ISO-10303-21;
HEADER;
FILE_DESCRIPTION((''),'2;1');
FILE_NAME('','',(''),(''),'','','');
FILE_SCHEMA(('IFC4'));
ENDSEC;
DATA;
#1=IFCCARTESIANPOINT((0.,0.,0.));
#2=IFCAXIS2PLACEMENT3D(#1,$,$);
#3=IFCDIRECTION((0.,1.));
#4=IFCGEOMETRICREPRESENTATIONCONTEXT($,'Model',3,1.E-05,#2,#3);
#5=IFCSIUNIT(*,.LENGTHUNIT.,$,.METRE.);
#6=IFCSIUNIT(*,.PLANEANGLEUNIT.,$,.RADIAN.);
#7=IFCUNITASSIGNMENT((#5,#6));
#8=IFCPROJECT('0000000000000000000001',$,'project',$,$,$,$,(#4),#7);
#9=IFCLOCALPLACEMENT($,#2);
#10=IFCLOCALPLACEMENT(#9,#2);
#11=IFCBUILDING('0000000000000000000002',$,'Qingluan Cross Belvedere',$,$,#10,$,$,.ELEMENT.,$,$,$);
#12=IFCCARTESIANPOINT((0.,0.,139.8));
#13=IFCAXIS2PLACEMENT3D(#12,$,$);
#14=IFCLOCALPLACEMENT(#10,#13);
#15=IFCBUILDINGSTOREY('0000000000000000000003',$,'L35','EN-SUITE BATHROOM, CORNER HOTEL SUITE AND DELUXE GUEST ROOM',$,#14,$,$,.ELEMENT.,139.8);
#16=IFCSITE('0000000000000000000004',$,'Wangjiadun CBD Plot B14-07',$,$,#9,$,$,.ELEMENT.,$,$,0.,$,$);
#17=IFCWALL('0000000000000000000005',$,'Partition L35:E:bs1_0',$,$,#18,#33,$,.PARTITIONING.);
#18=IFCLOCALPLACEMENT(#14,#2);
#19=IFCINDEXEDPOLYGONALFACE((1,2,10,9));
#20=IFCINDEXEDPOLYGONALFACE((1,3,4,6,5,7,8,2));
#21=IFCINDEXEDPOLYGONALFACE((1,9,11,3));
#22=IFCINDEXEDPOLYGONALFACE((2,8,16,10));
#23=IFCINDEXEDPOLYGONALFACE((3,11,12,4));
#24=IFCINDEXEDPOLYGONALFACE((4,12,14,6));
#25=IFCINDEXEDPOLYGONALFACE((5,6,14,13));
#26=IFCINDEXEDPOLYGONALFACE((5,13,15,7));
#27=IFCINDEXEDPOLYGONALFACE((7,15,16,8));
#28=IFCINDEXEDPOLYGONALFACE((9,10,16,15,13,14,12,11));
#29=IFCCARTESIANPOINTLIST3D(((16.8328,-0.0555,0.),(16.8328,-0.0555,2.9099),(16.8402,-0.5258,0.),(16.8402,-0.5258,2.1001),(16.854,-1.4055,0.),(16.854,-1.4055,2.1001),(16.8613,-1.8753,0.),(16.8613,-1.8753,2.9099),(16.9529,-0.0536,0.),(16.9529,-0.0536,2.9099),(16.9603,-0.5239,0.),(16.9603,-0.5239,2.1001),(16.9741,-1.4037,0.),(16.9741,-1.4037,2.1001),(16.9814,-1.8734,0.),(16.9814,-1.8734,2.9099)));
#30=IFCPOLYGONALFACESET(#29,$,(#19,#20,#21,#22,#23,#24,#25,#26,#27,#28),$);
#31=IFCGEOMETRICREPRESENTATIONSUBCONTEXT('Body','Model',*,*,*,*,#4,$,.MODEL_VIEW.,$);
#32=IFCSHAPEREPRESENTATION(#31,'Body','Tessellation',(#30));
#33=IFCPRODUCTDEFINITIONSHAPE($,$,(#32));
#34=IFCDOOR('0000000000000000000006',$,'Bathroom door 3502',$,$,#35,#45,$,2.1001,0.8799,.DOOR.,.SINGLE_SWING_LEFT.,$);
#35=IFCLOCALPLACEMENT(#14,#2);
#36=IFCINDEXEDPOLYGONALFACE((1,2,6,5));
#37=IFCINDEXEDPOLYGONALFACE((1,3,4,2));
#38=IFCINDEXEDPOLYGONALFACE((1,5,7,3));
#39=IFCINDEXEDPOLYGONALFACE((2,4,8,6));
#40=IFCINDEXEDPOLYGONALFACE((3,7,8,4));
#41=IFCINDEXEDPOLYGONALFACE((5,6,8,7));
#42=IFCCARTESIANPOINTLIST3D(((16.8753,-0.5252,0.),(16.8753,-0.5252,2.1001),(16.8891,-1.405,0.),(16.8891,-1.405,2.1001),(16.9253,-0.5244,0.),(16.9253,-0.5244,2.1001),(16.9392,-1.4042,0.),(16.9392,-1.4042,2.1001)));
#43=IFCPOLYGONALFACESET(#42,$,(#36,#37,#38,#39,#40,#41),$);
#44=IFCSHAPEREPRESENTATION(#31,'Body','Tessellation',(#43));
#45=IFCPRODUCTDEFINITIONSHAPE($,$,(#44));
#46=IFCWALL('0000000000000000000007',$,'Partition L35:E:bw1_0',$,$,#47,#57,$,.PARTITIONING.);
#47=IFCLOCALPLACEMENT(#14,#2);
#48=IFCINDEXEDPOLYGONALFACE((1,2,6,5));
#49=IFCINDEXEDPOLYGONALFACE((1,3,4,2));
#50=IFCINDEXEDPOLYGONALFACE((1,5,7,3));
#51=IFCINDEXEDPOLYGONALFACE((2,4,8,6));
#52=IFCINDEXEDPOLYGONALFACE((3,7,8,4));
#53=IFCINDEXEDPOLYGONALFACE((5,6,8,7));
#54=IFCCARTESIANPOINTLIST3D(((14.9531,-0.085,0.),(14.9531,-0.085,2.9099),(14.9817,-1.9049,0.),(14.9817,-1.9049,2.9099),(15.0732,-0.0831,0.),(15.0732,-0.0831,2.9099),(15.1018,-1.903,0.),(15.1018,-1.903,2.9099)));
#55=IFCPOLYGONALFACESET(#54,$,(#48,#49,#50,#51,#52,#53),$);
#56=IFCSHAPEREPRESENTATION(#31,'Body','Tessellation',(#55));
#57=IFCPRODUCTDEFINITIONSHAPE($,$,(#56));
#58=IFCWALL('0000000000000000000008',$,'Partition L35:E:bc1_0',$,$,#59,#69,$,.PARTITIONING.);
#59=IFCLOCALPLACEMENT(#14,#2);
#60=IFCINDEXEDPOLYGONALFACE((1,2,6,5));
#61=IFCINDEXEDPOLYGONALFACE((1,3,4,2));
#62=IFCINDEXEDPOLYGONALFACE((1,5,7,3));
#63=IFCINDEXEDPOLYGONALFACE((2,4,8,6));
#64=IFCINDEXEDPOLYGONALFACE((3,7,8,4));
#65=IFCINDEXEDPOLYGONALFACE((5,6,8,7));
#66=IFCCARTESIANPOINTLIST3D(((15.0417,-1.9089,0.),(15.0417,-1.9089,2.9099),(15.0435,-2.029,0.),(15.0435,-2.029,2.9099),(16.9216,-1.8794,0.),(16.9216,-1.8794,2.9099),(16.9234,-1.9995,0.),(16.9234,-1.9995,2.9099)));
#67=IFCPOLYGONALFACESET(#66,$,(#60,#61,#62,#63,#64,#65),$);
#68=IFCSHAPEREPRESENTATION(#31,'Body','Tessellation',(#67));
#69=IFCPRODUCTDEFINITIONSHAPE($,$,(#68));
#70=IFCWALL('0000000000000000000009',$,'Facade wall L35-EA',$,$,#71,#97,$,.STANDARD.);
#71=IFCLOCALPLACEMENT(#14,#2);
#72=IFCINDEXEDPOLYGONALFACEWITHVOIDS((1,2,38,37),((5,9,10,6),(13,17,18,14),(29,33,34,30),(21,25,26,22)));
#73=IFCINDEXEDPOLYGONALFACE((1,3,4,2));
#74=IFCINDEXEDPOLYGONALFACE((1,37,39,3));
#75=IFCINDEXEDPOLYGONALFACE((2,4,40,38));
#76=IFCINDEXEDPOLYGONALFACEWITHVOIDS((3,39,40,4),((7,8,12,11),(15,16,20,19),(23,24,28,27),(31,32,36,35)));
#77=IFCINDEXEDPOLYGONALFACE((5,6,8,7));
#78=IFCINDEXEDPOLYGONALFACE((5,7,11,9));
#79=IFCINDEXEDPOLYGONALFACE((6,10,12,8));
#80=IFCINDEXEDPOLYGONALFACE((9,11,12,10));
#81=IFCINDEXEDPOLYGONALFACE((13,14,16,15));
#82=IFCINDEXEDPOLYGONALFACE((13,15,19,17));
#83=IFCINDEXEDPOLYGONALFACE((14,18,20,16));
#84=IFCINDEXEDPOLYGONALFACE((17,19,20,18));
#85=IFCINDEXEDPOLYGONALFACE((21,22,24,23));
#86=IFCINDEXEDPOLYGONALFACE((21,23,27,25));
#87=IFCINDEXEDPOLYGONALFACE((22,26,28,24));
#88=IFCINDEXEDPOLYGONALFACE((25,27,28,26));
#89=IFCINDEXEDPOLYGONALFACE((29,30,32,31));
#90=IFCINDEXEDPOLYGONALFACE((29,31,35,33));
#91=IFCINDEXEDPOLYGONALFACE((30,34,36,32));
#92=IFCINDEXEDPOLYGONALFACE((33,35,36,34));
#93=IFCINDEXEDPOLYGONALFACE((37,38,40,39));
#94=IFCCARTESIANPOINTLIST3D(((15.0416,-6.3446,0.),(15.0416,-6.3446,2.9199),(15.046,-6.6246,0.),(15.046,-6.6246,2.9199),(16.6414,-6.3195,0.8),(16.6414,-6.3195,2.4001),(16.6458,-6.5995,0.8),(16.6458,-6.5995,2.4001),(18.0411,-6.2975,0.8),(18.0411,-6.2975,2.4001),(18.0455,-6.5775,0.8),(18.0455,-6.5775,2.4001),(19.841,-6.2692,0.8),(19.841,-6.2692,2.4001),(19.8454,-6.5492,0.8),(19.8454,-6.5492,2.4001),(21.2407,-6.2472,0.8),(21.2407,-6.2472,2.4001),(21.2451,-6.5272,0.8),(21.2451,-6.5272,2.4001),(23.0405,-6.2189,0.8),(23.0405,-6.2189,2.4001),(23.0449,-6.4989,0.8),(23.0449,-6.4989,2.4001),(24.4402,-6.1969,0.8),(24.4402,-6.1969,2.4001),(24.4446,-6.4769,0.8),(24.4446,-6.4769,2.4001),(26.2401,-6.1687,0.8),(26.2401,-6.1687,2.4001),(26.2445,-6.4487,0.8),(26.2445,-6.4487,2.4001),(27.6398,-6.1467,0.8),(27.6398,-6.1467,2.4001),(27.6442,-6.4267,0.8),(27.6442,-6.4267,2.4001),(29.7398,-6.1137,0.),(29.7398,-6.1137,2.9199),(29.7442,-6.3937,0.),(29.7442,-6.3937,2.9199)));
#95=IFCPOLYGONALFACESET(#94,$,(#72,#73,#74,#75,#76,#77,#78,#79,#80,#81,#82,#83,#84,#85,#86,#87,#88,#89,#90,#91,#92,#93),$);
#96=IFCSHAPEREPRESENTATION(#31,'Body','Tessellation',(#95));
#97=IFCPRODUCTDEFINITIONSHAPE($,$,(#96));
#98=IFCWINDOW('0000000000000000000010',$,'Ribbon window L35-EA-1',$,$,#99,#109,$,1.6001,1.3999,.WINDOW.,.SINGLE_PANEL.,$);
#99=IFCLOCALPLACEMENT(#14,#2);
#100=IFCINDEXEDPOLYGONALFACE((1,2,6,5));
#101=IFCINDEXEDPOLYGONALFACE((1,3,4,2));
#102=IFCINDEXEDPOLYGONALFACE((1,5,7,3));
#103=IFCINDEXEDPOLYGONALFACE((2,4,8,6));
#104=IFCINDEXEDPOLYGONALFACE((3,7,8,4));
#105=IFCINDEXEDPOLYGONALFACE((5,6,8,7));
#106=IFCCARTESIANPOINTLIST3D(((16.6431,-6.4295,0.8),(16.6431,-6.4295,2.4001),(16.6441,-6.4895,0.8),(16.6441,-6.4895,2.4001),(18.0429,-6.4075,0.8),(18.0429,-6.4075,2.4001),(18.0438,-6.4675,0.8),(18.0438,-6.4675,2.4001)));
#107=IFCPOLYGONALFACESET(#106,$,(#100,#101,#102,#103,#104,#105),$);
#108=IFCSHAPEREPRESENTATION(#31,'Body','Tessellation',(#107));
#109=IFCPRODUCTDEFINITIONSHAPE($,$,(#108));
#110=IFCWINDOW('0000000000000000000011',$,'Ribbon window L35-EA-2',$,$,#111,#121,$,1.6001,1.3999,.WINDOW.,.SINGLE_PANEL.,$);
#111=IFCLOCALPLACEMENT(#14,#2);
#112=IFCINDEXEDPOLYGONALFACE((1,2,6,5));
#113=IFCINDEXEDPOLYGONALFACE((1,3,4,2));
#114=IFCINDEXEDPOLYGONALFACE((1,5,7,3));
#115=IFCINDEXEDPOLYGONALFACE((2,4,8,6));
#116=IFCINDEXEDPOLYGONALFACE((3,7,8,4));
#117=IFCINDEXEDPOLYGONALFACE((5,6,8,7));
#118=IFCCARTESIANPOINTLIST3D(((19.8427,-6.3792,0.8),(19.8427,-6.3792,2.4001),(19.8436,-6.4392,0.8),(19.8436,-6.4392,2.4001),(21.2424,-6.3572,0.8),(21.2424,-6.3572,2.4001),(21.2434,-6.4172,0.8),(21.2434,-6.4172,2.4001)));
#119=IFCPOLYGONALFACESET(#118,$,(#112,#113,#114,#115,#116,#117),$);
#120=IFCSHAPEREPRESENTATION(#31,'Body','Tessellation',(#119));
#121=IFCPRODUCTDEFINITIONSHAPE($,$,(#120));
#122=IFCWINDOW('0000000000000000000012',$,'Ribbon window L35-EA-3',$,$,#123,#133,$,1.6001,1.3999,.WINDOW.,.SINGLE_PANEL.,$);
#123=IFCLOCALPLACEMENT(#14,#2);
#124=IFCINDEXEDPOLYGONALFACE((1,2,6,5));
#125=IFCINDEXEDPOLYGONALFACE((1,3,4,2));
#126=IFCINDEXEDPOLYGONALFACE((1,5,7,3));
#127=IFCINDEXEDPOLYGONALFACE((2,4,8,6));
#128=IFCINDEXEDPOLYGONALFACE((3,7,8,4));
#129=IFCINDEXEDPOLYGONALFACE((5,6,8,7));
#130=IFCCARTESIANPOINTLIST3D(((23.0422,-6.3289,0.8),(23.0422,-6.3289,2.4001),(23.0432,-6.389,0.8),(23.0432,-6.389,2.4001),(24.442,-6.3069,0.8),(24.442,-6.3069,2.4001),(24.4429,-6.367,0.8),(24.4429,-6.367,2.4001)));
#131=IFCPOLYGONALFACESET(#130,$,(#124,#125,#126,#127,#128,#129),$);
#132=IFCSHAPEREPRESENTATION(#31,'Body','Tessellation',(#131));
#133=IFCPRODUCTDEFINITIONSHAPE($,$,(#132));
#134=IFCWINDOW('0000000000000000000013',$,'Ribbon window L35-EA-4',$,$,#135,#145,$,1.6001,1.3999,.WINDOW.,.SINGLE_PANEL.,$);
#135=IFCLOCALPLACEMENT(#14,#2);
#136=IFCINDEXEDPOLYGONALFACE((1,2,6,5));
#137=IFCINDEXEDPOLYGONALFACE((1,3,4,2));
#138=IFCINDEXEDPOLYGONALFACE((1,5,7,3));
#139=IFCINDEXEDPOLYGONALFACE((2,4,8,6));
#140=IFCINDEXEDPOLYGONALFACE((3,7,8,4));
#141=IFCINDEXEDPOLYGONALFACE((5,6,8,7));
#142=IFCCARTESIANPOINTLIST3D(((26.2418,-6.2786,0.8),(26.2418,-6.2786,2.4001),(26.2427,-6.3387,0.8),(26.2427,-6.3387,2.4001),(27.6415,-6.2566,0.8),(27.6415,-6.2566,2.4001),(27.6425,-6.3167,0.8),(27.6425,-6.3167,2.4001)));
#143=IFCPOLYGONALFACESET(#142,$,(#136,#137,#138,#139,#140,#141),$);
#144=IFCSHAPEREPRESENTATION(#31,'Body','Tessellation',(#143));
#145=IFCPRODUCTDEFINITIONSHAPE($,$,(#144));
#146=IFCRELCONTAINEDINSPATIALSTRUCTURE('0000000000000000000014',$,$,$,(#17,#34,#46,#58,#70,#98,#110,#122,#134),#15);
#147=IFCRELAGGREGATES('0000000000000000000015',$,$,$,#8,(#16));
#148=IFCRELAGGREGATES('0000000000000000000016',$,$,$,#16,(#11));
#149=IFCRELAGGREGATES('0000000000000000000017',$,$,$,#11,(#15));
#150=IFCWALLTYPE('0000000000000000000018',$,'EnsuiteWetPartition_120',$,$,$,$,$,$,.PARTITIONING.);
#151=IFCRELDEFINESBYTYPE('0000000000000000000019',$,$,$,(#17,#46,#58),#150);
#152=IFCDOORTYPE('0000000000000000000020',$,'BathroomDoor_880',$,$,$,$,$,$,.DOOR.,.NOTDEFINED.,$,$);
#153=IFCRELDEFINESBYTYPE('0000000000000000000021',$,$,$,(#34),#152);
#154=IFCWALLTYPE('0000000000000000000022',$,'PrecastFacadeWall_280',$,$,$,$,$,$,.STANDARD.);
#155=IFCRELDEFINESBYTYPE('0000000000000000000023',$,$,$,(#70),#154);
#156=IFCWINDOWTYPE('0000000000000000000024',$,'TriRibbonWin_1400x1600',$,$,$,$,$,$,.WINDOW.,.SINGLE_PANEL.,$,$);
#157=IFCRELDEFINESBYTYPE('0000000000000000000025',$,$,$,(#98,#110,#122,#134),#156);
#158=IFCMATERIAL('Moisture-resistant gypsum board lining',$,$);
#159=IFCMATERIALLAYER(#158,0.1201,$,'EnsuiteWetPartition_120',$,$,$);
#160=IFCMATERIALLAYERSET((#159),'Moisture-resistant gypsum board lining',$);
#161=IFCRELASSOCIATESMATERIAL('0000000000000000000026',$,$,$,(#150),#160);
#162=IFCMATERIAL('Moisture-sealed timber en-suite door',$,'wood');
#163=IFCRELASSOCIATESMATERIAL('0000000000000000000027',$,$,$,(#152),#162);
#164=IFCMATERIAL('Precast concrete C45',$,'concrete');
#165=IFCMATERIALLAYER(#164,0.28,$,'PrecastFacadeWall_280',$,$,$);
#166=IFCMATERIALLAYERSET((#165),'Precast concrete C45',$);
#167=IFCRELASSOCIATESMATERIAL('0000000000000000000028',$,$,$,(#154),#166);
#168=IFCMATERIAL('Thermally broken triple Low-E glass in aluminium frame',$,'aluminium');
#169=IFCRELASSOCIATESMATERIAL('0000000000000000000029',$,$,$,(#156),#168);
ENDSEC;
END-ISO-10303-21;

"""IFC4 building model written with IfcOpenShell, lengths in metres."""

from ifc_helpers import new_model, si_unit, direction, frame, frame_2d, origin, place, context, subcontext, project, spatial, rectangle, extrude, material, layer, layer_set, type_object, element, fill, save


model = new_model("IFC4")

# Units and contexts
model_context = context("Model", 3, precision=1e-05, world=origin(), true_north=direction((0.0, 1.0)))
body_context = subcontext(model_context, "Body", "Model", "MODEL_VIEW")
ifc_project = project(units=[si_unit("LENGTHUNIT", "METRE"), si_unit("PLANEANGLEUNIT", "RADIAN")], contexts=[model_context])

# Site, building, storey
site_placement = place(None, origin())
site = spatial("IfcSite", under=ifc_project, at=site_placement, Name="Wangjiadun CBD Plot B14-07", CompositionType="ELEMENT", RefElevation=0.0)
building_placement = place(site_placement, origin())
building = spatial("IfcBuilding", under=site, at=building_placement, Name="Qingluan Cross Belvedere", CompositionType="ELEMENT")
storey_placement = place(building_placement, frame((0.0, 0.0, 139.8)))
storey = spatial("IfcBuildingStorey", under=building, at=storey_placement, Name="L35", Description="EN-SUITE BATHROOM, CORNER HOTEL SUITE AND DELUXE GUEST ROOM", CompositionType="ELEMENT", Elevation=139.8)

# Wall, opening, door
ifc_material_1 = material(Name="Moisture-resistant gypsum board lining")
ifc_layer_1 = layer(ifc_material_1, 0.1201, Name="EnsuiteWetPartition_120")
ifc_layer_set_1 = layer_set([ifc_layer_1], Name="Moisture-resistant gypsum board lining")
wall_type_1 = type_object("IfcWallType", Name="EnsuiteWetPartition_120", PredefinedType="PARTITIONING", material=ifc_layer_set_1)
wall_1_placement = place(storey_placement, frame((16.9214, -1.8745, 0.0), z_axis=(0.0, 0.0, 1.0), x_axis=(-0.015694, 0.999877, 0.0)))
wall_1 = element("IfcWall", 1, at=wall_1_placement, inside=storey, type_object=wall_type_1, Name="Partition L35:E:bs1_0", PredefinedType="PARTITIONING", context=body_context, shape_type="SweptSolid", body=[
    extrude(rectangle(XDim=1.8201, YDim=0.1201, at=frame_2d((0.9102, 0.0))), origin(), (0.0, 0.0, 1.0), 2.9099),
])
opening_1_placement = place(wall_1_placement, frame((0.47, 0.0, 0.0)))
opening_1 = element("IfcOpeningElement", 2, at=opening_1_placement, cuts=wall_1, PredefinedType="OPENING", context=body_context, shape_type="SweptSolid", body=[
    extrude(rectangle(XDim=0.8799, YDim=2.1001, at=frame_2d((0.4399, 1.05))), frame((0.0, 0.0701, 0.0), z_axis=(0.0, -1.0, 0.0), x_axis=(1.0, 0.0, 0.0)), (0.0, 0.0, 1.0), 0.1401),
])
ifc_material_2 = material(Name="Moisture-sealed timber en-suite door", Category="wood")
door_type_1 = type_object("IfcDoorType", Name="BathroomDoor_880", OperationType="NOTDEFINED", PredefinedType="DOOR", material=ifc_material_2)
door_1_placement = place(opening_1_placement, origin())
door_1 = element("IfcDoor", 3, at=door_1_placement, inside=storey, type_object=door_type_1, Name="Bathroom door 3502", OperationType="SINGLE_SWING_LEFT", OverallHeight=2.1001, OverallWidth=0.8799, PredefinedType="DOOR", context=body_context, shape_type="SweptSolid", body=[
    extrude(rectangle(XDim=0.8799, YDim=2.1001, at=frame_2d((0.4399, 1.05))), frame((0.0, 0.0249, 0.0), z_axis=(0.0, -1.0, 0.0), x_axis=(1.0, 0.0, 0.0)), (0.0, 0.0, 1.0), 0.05),
])
fill(opening_1, door_1)

# Walls
wall_2_placement = place(storey_placement, frame((15.0417, -1.9041, 0.0), z_axis=(0.0, 0.0, 1.0), x_axis=(-0.015694, 0.999877, 0.0)))
element("IfcWall", 4, at=wall_2_placement, inside=storey, type_object=wall_type_1, Name="Partition L35:E:bw1_0", PredefinedType="PARTITIONING", context=body_context, shape_type="SweptSolid", body=[
    extrude(rectangle(XDim=1.8201, YDim=0.1201, at=frame_2d((0.9102, 0.0))), origin(), (0.0, 0.0, 1.0), 2.9099),
])
wall_3_placement = place(storey_placement, frame((15.0427, -1.969, 0.0), z_axis=(0.0, 0.0, 1.0), x_axis=(0.999877, 0.015712, 0.0)))
element("IfcWall", 5, at=wall_3_placement, inside=storey, type_object=wall_type_1, Name="Partition L35:E:bc1_0", PredefinedType="PARTITIONING", context=body_context, shape_type="SweptSolid", body=[
    extrude(rectangle(XDim=1.8801, YDim=0.1201, at=frame_2d((0.9399, 0.0))), origin(), (0.0, 0.0, 1.0), 2.9099),
])

# Wall, openings, windows
ifc_material_3 = material(Name="Precast concrete C45", Category="concrete")
ifc_layer_2 = layer(ifc_material_3, 0.28, Name="PrecastFacadeWall_280")
ifc_layer_set_2 = layer_set([ifc_layer_2], Name="Precast concrete C45")
wall_type_2 = type_object("IfcWallType", Name="PrecastFacadeWall_280", PredefinedType="STANDARD", material=ifc_layer_set_2)
wall_4_placement = place(storey_placement, frame((15.0437, -6.4846, 0.0), z_axis=(0.0, 0.0, 1.0), x_axis=(0.999877, 0.015711, 0.0)))
wall_4 = element("IfcWall", 6, at=wall_4_placement, inside=storey, type_object=wall_type_2, Name="Facade wall L35-EA", PredefinedType="STANDARD", context=body_context, shape_type="SweptSolid", body=[
    extrude(rectangle(XDim=14.7, YDim=0.28, at=frame_2d((7.3501, 0.0))), origin(), (0.0, 0.0, 1.0), 2.9199),
])
opening_2_placement = place(wall_4_placement, frame((1.6001, 0.0, 0.8)))
opening_2 = element("IfcOpeningElement", 7, at=opening_2_placement, cuts=wall_4, PredefinedType="OPENING", context=body_context, shape_type="SweptSolid", body=[
    extrude(rectangle(XDim=1.3999, YDim=1.6001, at=frame_2d((0.7, 0.8))), frame((0.0, 0.1499, 0.0), z_axis=(0.0, -1.0, 0.0), x_axis=(1.0, 0.0, 0.0)), (0.0, 0.0, 1.0), 0.3),
])
opening_3_placement = place(wall_4_placement, frame((4.8, 0.0, 0.8)))
opening_3 = element("IfcOpeningElement", 8, at=opening_3_placement, cuts=wall_4, PredefinedType="OPENING", context=body_context, shape_type="SweptSolid", body=[
    extrude(rectangle(XDim=1.3999, YDim=1.6001, at=frame_2d((0.7, 0.8))), frame((0.0, 0.1499, 0.0), z_axis=(0.0, -1.0, 0.0), x_axis=(1.0, 0.0, 0.0)), (0.0, 0.0, 1.0), 0.3),
])
opening_4_placement = place(wall_4_placement, frame((8.0, 0.0, 0.8)))
opening_4 = element("IfcOpeningElement", 9, at=opening_4_placement, cuts=wall_4, PredefinedType="OPENING", context=body_context, shape_type="SweptSolid", body=[
    extrude(rectangle(XDim=1.3999, YDim=1.6001, at=frame_2d((0.7, 0.8))), frame((0.0, 0.1499, 0.0), z_axis=(0.0, -1.0, 0.0), x_axis=(1.0, 0.0, 0.0)), (0.0, 0.0, 1.0), 0.3),
])
opening_5_placement = place(wall_4_placement, frame((11.2, 0.0, 0.8)))
opening_5 = element("IfcOpeningElement", 10, at=opening_5_placement, cuts=wall_4, PredefinedType="OPENING", context=body_context, shape_type="SweptSolid", body=[
    extrude(rectangle(XDim=1.3999, YDim=1.6001, at=frame_2d((0.7, 0.8))), frame((0.0, 0.1499, 0.0), z_axis=(0.0, -1.0, 0.0), x_axis=(1.0, 0.0, 0.0)), (0.0, 0.0, 1.0), 0.3),
])
ifc_material_4 = material(Name="Thermally broken triple Low-E glass in aluminium frame", Category="aluminium")
window_type_1 = type_object("IfcWindowType", Name="TriRibbonWin_1400x1600", PartitioningType="SINGLE_PANEL", PredefinedType="WINDOW", material=ifc_material_4)
window_1_placement = place(opening_2_placement, origin())
window_1 = element("IfcWindow", 11, at=window_1_placement, inside=storey, type_object=window_type_1, Name="Ribbon window L35-EA-1", OverallHeight=1.6001, OverallWidth=1.3999, PartitioningType="SINGLE_PANEL", PredefinedType="WINDOW", context=body_context, shape_type="SweptSolid", body=[
    extrude(rectangle(XDim=1.3999, YDim=1.6001, at=frame_2d((0.7, 0.8))), frame((0.0, 0.03, 0.0), z_axis=(0.0, -1.0, 0.0), x_axis=(1.0, 0.0, 0.0)), (0.0, 0.0, 1.0), 0.0601),
])
fill(opening_2, window_1)
window_2_placement = place(opening_3_placement, origin())
window_2 = element("IfcWindow", 12, at=window_2_placement, inside=storey, type_object=window_type_1, Name="Ribbon window L35-EA-2", OverallHeight=1.6001, OverallWidth=1.3999, PartitioningType="SINGLE_PANEL", PredefinedType="WINDOW", context=body_context, shape_type="SweptSolid", body=[
    extrude(rectangle(XDim=1.3999, YDim=1.6001, at=frame_2d((0.7, 0.8))), frame((0.0, 0.03, 0.0), z_axis=(0.0, -1.0, 0.0), x_axis=(1.0, 0.0, 0.0)), (0.0, 0.0, 1.0), 0.0601),
])
fill(opening_3, window_2)
window_3_placement = place(opening_4_placement, origin())
window_3 = element("IfcWindow", 13, at=window_3_placement, inside=storey, type_object=window_type_1, Name="Ribbon window L35-EA-3", OverallHeight=1.6001, OverallWidth=1.3999, PartitioningType="SINGLE_PANEL", PredefinedType="WINDOW", context=body_context, shape_type="SweptSolid", body=[
    extrude(rectangle(XDim=1.3999, YDim=1.6001, at=frame_2d((0.7, 0.8))), frame((0.0, 0.03, 0.0), z_axis=(0.0, -1.0, 0.0), x_axis=(1.0, 0.0, 0.0)), (0.0, 0.0, 1.0), 0.0601),
])
fill(opening_4, window_3)
window_4_placement = place(opening_5_placement, origin())
window_4 = element("IfcWindow", 14, at=window_4_placement, inside=storey, type_object=window_type_1, Name="Ribbon window L35-EA-4", OverallHeight=1.6001, OverallWidth=1.3999, PartitioningType="SINGLE_PANEL", PredefinedType="WINDOW", context=body_context, shape_type="SweptSolid", body=[
    extrude(rectangle(XDim=1.3999, YDim=1.6001, at=frame_2d((0.7, 0.8))), frame((0.0, 0.03, 0.0), z_axis=(0.0, -1.0, 0.0), x_axis=(1.0, 0.0, 0.0)), (0.0, 0.0, 1.0), 0.0601),
])
fill(opening_5, window_4)

save(model, "model.ifc")
